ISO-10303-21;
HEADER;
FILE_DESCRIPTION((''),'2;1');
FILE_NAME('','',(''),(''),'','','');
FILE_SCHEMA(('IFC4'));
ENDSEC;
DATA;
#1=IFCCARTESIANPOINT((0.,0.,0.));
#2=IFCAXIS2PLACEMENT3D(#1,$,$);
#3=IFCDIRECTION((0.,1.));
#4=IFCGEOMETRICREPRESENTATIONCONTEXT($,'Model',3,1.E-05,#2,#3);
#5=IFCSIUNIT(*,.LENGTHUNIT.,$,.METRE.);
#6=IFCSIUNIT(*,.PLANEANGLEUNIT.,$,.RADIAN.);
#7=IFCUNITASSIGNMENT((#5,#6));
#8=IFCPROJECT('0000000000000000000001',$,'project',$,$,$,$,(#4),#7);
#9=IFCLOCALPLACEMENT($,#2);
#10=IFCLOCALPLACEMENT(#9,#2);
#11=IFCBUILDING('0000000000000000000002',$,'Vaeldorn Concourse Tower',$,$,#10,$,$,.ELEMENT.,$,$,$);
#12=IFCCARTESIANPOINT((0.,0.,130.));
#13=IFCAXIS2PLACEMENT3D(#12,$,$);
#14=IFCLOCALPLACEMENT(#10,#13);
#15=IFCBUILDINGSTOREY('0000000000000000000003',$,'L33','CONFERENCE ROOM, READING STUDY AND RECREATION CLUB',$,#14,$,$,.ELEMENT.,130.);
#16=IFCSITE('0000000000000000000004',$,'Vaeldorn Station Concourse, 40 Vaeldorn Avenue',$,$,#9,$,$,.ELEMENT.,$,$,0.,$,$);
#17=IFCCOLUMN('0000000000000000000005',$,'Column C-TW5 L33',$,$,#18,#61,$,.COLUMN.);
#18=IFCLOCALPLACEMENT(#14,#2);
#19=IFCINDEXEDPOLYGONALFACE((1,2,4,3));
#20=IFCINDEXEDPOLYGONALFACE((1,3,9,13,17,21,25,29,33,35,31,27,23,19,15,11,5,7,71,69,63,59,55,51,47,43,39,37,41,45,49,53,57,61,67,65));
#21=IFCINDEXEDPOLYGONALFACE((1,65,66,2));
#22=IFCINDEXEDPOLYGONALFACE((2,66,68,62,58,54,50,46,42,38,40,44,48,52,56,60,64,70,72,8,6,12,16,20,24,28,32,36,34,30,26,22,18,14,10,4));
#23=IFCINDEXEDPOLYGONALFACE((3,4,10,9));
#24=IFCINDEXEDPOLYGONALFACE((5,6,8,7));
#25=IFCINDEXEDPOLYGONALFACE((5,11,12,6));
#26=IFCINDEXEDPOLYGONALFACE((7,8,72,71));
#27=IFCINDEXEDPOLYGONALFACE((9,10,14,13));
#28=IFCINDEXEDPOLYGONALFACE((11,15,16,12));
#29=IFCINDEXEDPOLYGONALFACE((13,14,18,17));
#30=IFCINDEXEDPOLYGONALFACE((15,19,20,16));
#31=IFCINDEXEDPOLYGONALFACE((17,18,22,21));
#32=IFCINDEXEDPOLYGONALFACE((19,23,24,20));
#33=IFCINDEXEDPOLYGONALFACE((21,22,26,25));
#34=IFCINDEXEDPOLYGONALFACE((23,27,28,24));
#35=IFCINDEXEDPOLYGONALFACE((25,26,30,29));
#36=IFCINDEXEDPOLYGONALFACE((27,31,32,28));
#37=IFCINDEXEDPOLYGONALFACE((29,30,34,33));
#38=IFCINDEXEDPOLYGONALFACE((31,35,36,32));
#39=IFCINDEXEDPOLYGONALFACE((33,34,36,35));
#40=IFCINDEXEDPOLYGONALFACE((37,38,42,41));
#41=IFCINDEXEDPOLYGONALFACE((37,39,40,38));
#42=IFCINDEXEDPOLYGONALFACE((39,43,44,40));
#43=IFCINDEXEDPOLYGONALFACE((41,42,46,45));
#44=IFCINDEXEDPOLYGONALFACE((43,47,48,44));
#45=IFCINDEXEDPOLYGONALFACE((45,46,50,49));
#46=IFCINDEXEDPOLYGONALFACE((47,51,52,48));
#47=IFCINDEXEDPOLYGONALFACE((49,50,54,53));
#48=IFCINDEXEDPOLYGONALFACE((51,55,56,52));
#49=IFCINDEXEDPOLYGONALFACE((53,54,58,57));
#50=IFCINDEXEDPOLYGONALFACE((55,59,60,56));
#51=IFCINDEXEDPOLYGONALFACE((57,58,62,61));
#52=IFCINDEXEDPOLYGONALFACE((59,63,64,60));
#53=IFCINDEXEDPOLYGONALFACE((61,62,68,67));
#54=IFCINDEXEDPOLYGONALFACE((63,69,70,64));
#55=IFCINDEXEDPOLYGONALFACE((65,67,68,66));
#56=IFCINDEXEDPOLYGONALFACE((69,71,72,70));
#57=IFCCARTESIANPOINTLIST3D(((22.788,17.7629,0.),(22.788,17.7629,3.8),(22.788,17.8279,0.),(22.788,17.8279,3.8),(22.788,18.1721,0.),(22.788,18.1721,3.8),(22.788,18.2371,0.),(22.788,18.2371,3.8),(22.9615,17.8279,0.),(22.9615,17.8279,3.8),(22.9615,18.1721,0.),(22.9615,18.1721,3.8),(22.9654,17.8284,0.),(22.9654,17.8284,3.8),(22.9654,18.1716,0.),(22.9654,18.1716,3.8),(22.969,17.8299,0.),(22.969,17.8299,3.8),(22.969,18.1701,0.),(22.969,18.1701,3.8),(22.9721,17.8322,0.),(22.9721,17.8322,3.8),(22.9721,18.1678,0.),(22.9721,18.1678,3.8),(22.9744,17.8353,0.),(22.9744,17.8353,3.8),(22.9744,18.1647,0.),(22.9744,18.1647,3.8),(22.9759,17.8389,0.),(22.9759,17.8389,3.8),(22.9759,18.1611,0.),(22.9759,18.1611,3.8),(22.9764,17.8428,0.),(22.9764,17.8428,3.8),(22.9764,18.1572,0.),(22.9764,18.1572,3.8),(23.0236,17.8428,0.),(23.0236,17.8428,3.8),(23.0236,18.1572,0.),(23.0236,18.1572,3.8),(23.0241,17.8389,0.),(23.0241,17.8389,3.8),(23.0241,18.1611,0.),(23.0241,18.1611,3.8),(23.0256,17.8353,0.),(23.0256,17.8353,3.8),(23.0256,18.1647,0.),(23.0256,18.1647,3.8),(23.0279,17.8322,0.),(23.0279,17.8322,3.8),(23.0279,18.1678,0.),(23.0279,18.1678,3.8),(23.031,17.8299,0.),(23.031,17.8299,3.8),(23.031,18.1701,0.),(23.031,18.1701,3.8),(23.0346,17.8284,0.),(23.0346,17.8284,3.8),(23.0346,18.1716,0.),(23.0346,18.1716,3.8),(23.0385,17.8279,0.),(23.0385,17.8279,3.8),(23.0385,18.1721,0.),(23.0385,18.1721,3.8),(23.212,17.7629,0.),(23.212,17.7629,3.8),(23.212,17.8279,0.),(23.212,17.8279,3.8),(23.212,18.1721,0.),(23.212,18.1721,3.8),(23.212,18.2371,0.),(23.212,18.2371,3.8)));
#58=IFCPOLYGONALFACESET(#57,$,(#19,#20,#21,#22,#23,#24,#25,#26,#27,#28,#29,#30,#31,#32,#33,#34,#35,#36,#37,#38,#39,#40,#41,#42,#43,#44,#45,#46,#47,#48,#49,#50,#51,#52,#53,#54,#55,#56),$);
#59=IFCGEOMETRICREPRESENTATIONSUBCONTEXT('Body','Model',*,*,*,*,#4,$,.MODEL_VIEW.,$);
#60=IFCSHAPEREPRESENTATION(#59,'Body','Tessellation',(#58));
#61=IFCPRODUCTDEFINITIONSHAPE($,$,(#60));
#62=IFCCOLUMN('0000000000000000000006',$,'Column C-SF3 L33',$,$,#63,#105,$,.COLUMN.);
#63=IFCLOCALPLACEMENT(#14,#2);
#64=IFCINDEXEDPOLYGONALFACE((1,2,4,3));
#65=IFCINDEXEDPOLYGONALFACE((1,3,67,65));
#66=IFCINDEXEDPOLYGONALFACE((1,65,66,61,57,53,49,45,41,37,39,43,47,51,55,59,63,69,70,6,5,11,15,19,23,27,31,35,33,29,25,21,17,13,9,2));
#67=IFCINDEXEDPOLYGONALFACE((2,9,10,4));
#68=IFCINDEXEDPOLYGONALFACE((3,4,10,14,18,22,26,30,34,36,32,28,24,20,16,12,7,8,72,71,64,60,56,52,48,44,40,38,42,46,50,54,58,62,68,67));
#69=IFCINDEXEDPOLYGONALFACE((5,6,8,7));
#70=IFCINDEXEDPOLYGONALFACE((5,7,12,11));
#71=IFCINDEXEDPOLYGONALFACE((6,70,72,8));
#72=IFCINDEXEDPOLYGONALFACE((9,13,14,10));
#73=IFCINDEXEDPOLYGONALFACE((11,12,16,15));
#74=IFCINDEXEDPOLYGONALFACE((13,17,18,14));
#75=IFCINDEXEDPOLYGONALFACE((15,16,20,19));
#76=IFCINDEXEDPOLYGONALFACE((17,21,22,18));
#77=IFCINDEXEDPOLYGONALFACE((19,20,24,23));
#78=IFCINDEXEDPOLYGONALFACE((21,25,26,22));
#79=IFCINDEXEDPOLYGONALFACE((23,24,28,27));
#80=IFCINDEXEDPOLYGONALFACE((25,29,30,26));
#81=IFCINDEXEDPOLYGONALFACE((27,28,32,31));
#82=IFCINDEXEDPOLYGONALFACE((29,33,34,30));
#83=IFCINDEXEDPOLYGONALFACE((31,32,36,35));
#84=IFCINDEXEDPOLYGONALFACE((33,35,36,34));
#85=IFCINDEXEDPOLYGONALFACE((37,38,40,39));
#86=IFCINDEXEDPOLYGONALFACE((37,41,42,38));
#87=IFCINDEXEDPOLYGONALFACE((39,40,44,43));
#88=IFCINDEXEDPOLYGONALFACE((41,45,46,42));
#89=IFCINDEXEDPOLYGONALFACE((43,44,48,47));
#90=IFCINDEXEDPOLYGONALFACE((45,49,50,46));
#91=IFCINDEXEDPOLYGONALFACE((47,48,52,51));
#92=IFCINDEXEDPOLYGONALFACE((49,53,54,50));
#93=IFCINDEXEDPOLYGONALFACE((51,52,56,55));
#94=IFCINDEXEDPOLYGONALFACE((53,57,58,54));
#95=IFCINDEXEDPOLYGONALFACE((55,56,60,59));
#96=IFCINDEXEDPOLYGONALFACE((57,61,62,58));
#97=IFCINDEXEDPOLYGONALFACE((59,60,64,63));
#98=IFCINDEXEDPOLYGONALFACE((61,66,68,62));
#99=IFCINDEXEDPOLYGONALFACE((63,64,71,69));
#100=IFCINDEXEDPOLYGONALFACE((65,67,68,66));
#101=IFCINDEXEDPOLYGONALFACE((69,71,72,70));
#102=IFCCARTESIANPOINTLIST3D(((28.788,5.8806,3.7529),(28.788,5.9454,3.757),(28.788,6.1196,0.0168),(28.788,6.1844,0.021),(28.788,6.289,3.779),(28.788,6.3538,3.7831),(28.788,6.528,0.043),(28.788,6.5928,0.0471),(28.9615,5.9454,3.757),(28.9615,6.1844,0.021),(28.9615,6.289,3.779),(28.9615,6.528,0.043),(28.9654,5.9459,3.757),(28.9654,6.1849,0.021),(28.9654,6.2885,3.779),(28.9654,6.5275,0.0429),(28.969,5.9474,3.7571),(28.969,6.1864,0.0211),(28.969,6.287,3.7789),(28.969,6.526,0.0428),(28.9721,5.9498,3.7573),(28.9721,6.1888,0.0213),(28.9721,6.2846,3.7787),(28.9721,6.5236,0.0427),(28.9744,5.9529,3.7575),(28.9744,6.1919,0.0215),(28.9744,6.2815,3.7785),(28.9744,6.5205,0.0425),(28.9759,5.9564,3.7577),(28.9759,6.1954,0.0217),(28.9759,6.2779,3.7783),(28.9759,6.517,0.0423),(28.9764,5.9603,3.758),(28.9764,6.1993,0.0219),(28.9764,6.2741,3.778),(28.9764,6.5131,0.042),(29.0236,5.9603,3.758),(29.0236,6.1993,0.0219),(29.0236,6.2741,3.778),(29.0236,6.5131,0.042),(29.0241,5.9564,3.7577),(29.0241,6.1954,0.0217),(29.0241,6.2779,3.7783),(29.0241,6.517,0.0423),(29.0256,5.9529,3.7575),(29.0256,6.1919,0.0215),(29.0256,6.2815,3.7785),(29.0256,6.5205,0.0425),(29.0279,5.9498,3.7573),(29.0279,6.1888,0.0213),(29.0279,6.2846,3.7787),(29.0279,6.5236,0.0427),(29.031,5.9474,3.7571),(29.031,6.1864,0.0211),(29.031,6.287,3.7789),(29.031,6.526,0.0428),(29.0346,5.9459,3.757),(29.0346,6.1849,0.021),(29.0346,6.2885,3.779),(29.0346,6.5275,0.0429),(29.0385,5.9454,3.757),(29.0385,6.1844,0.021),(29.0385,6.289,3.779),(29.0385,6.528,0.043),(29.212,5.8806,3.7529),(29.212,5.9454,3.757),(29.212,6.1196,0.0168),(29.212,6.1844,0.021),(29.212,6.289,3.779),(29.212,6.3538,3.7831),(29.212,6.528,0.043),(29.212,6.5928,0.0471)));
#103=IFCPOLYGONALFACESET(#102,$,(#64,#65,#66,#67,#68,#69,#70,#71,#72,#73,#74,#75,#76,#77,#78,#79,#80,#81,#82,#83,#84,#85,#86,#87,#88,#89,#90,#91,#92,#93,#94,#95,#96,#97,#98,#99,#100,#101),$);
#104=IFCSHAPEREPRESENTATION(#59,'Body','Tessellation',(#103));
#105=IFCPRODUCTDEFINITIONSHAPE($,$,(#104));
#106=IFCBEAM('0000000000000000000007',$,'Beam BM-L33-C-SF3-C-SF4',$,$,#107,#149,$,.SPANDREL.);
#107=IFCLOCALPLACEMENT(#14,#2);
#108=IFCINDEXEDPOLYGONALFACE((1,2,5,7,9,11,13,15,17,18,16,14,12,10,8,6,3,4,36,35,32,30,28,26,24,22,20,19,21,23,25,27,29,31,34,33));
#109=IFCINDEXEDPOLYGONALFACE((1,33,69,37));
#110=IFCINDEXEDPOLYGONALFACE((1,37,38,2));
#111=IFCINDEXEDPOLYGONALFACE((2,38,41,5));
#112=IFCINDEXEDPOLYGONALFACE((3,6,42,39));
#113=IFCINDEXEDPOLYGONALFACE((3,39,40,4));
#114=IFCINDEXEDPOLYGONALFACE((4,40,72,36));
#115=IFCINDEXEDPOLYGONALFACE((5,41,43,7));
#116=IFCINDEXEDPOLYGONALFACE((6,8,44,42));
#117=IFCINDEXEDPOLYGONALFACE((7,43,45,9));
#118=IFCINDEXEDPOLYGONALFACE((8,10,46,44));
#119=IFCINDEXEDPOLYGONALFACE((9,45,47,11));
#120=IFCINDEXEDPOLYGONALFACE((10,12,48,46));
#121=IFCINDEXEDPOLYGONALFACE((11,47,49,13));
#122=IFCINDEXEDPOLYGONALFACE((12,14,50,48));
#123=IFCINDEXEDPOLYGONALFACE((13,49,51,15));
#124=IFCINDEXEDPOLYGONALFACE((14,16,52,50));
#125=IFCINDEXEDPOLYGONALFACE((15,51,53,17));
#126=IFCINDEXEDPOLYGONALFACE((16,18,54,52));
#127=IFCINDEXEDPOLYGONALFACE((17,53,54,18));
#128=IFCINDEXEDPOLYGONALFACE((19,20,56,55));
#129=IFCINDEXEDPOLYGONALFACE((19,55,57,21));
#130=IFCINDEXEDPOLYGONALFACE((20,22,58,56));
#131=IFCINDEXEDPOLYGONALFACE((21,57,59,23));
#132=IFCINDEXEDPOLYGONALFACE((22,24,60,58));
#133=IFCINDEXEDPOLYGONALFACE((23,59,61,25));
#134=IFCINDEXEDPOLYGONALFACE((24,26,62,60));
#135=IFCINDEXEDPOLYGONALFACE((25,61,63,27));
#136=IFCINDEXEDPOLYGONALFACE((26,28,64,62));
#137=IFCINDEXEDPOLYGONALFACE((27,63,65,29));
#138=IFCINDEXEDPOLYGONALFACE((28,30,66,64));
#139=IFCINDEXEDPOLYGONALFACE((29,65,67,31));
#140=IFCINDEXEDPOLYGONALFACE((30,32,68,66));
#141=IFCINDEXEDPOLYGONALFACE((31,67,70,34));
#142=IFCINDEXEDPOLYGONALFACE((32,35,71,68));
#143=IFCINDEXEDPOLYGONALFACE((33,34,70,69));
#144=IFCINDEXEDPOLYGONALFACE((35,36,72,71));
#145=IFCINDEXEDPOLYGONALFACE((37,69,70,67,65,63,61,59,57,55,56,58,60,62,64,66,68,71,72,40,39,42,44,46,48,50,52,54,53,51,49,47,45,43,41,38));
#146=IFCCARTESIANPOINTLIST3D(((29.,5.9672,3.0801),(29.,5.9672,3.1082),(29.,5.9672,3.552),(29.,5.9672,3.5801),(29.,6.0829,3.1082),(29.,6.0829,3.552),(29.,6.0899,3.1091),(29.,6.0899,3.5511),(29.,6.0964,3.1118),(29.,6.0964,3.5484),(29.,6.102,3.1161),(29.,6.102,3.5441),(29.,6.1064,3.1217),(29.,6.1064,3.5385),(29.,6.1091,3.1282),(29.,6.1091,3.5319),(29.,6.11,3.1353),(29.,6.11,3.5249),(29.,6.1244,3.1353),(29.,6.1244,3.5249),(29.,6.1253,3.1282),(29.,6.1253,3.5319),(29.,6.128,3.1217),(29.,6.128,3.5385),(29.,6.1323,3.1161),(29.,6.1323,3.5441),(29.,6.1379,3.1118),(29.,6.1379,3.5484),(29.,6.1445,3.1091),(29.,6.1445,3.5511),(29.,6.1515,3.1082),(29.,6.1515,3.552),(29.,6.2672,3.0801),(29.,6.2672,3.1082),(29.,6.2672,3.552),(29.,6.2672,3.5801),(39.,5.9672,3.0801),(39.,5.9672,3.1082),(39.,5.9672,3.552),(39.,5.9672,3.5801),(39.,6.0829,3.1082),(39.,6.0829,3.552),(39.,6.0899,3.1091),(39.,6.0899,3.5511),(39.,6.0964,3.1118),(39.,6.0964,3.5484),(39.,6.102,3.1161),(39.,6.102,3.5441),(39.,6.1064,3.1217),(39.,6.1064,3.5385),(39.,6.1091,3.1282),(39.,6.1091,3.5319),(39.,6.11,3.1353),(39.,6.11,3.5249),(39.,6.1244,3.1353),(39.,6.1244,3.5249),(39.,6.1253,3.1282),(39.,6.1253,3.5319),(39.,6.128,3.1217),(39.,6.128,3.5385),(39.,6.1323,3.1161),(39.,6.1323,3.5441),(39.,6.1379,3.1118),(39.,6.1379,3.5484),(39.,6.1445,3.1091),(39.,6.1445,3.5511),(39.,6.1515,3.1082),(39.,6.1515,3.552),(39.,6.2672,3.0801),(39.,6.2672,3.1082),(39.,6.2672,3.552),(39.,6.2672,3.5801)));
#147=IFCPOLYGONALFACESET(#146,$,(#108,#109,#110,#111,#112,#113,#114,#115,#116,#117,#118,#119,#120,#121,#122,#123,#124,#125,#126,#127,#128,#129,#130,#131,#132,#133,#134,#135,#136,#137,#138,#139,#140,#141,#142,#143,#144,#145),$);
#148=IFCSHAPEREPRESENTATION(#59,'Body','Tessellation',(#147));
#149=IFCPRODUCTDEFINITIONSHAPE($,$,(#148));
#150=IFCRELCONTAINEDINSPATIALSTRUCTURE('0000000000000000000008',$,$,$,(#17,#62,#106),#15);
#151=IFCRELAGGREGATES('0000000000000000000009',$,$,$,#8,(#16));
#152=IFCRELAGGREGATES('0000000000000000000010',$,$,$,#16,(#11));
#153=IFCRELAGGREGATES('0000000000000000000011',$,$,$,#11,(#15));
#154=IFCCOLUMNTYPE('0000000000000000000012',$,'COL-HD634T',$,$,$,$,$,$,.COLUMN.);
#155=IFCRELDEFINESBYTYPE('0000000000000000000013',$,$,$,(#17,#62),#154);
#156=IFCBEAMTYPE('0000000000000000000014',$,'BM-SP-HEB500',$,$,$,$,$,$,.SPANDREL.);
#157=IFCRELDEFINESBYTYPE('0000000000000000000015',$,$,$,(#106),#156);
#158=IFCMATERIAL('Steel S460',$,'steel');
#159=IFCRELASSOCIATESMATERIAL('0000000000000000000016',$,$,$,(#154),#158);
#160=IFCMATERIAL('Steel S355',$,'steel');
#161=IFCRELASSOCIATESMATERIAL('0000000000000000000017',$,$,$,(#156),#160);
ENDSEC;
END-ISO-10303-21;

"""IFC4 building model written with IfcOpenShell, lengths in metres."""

from ifc_helpers import new_model, si_unit, direction, frame, origin, origin_2d, place, context, subcontext, project, spatial, i_section, extrude, source, transform, mapped, material, material_profile, profile_set, type_object, element, save


model = new_model("IFC4")

# Units and contexts
model_context = context("Model", 3, precision=1e-05, world=origin(), true_north=direction((0.0, 1.0)))
body_context = subcontext(model_context, "Body", "Model", "MODEL_VIEW")
ifc_project = project(units=[si_unit("LENGTHUNIT", "METRE"), si_unit("PLANEANGLEUNIT", "RADIAN")], contexts=[model_context])

# Site, building, storey
site_placement = place(None, origin())
site = spatial("IfcSite", under=ifc_project, at=site_placement, Name="Vaeldorn Station Concourse, 40 Vaeldorn Avenue", CompositionType="ELEMENT", RefElevation=0.0)
building_placement = place(site_placement, origin())
building = spatial("IfcBuilding", under=site, at=building_placement, Name="Vaeldorn Concourse Tower", CompositionType="ELEMENT")
storey_placement = place(building_placement, frame((0.0, 0.0, 130.0)))
storey = spatial("IfcBuildingStorey", under=building, at=storey_placement, Name="L33", Description="CONFERENCE ROOM, READING STUDY AND RECREATION CLUB", CompositionType="ELEMENT", Elevation=130.0)

# Columns
ifc_material_1 = material(Name="Steel S460", Category="steel")
ifc_material_profile_1 = material_profile(ifc_material_1, i_section(OverallWidth=0.4241, OverallDepth=0.4741, WebThickness=0.0471, FlangeThickness=0.0649, FilletRadius=0.0149, at=origin_2d()), Name="HD 400x634")
ifc_profile_set_1 = profile_set([ifc_material_profile_1], Name="Steel S460")
column_type = type_object("IfcColumnType", Name="COL-HD634T", PredefinedType="COLUMN", material=ifc_profile_set_1)
shared_shape_1 = source(origin(), body_context, "Body", "SweptSolid", [
    extrude(i_section(OverallWidth=0.4241, OverallDepth=0.4741, WebThickness=0.0471, FlangeThickness=0.0649, FilletRadius=0.0149, at=origin_2d()), origin(), (0.0, 0.0, 1.0), 3.8),
])
column_1_placement = place(storey_placement, frame((23.0, 18.0, 0.0), z_axis=(0.0, 0.0, 1.0), x_axis=(1.0, 0.0, 0.0)))
element("IfcColumn", 1, at=column_1_placement, inside=storey, type_object=column_type, Name="Column C-TW5 L33", PredefinedType="COLUMN", context=body_context, shape_type="MappedRepresentation", body=[
    mapped(shared_shape_1, transform((0.0, 0.0, 0.0), scale=1.0)),
])
shared_shape_2 = source(origin(), body_context, "Body", "SweptSolid", [
    extrude(i_section(OverallWidth=0.4241, OverallDepth=0.4741, WebThickness=0.0471, FlangeThickness=0.0649, FilletRadius=0.0149, at=origin_2d()), origin(), (0.0, 0.0, 1.0), 3.7437),
])
column_2_placement = place(storey_placement, frame((29.0, 6.3562, 0.032), z_axis=(0.0, -0.063844, 0.99796), x_axis=(1.0, 0.0, 0.0)))
element("IfcColumn", 2, at=column_2_placement, inside=storey, type_object=column_type, Name="Column C-SF3 L33", PredefinedType="COLUMN", context=body_context, shape_type="MappedRepresentation", body=[
    mapped(shared_shape_2, transform((0.0, 0.0, 0.0), scale=1.0)),
])

# Beam
ifc_material_2 = material(Name="Steel S355", Category="steel")
ifc_material_profile_2 = material_profile(ifc_material_2, i_section(OverallWidth=0.3, OverallDepth=0.5, WebThickness=0.0144, FlangeThickness=0.0281, FilletRadius=0.0271, at=origin_2d()), Name="HEB 500")
ifc_profile_set_2 = profile_set([ifc_material_profile_2], Name="Steel S355")
beam_type_1 = type_object("IfcBeamType", Name="BM-SP-HEB500", PredefinedType="SPANDREL", material=ifc_profile_set_2)
shared_shape_3 = source(origin(), body_context, "Body", "SweptSolid", [
    extrude(i_section(OverallWidth=0.3, OverallDepth=0.5, WebThickness=0.0144, FlangeThickness=0.0281, FilletRadius=0.0271, at=origin_2d()), origin(), (0.0, 0.0, 1.0), 10.0),
])
beam_1_placement = place(storey_placement, frame((29.0, 6.1172, 3.3301), z_axis=(1.0, 0.0, 0.0), x_axis=(0.0, 1.0, 0.0)))
element("IfcBeam", 3, at=beam_1_placement, inside=storey, type_object=beam_type_1, Name="Beam BM-L33-C-SF3-C-SF4", PredefinedType="SPANDREL", context=body_context, shape_type="MappedRepresentation", body=[
    mapped(shared_shape_3, transform((0.0, 0.0, 0.0), scale=1.0)),
])

save(model, "model.ifc")
